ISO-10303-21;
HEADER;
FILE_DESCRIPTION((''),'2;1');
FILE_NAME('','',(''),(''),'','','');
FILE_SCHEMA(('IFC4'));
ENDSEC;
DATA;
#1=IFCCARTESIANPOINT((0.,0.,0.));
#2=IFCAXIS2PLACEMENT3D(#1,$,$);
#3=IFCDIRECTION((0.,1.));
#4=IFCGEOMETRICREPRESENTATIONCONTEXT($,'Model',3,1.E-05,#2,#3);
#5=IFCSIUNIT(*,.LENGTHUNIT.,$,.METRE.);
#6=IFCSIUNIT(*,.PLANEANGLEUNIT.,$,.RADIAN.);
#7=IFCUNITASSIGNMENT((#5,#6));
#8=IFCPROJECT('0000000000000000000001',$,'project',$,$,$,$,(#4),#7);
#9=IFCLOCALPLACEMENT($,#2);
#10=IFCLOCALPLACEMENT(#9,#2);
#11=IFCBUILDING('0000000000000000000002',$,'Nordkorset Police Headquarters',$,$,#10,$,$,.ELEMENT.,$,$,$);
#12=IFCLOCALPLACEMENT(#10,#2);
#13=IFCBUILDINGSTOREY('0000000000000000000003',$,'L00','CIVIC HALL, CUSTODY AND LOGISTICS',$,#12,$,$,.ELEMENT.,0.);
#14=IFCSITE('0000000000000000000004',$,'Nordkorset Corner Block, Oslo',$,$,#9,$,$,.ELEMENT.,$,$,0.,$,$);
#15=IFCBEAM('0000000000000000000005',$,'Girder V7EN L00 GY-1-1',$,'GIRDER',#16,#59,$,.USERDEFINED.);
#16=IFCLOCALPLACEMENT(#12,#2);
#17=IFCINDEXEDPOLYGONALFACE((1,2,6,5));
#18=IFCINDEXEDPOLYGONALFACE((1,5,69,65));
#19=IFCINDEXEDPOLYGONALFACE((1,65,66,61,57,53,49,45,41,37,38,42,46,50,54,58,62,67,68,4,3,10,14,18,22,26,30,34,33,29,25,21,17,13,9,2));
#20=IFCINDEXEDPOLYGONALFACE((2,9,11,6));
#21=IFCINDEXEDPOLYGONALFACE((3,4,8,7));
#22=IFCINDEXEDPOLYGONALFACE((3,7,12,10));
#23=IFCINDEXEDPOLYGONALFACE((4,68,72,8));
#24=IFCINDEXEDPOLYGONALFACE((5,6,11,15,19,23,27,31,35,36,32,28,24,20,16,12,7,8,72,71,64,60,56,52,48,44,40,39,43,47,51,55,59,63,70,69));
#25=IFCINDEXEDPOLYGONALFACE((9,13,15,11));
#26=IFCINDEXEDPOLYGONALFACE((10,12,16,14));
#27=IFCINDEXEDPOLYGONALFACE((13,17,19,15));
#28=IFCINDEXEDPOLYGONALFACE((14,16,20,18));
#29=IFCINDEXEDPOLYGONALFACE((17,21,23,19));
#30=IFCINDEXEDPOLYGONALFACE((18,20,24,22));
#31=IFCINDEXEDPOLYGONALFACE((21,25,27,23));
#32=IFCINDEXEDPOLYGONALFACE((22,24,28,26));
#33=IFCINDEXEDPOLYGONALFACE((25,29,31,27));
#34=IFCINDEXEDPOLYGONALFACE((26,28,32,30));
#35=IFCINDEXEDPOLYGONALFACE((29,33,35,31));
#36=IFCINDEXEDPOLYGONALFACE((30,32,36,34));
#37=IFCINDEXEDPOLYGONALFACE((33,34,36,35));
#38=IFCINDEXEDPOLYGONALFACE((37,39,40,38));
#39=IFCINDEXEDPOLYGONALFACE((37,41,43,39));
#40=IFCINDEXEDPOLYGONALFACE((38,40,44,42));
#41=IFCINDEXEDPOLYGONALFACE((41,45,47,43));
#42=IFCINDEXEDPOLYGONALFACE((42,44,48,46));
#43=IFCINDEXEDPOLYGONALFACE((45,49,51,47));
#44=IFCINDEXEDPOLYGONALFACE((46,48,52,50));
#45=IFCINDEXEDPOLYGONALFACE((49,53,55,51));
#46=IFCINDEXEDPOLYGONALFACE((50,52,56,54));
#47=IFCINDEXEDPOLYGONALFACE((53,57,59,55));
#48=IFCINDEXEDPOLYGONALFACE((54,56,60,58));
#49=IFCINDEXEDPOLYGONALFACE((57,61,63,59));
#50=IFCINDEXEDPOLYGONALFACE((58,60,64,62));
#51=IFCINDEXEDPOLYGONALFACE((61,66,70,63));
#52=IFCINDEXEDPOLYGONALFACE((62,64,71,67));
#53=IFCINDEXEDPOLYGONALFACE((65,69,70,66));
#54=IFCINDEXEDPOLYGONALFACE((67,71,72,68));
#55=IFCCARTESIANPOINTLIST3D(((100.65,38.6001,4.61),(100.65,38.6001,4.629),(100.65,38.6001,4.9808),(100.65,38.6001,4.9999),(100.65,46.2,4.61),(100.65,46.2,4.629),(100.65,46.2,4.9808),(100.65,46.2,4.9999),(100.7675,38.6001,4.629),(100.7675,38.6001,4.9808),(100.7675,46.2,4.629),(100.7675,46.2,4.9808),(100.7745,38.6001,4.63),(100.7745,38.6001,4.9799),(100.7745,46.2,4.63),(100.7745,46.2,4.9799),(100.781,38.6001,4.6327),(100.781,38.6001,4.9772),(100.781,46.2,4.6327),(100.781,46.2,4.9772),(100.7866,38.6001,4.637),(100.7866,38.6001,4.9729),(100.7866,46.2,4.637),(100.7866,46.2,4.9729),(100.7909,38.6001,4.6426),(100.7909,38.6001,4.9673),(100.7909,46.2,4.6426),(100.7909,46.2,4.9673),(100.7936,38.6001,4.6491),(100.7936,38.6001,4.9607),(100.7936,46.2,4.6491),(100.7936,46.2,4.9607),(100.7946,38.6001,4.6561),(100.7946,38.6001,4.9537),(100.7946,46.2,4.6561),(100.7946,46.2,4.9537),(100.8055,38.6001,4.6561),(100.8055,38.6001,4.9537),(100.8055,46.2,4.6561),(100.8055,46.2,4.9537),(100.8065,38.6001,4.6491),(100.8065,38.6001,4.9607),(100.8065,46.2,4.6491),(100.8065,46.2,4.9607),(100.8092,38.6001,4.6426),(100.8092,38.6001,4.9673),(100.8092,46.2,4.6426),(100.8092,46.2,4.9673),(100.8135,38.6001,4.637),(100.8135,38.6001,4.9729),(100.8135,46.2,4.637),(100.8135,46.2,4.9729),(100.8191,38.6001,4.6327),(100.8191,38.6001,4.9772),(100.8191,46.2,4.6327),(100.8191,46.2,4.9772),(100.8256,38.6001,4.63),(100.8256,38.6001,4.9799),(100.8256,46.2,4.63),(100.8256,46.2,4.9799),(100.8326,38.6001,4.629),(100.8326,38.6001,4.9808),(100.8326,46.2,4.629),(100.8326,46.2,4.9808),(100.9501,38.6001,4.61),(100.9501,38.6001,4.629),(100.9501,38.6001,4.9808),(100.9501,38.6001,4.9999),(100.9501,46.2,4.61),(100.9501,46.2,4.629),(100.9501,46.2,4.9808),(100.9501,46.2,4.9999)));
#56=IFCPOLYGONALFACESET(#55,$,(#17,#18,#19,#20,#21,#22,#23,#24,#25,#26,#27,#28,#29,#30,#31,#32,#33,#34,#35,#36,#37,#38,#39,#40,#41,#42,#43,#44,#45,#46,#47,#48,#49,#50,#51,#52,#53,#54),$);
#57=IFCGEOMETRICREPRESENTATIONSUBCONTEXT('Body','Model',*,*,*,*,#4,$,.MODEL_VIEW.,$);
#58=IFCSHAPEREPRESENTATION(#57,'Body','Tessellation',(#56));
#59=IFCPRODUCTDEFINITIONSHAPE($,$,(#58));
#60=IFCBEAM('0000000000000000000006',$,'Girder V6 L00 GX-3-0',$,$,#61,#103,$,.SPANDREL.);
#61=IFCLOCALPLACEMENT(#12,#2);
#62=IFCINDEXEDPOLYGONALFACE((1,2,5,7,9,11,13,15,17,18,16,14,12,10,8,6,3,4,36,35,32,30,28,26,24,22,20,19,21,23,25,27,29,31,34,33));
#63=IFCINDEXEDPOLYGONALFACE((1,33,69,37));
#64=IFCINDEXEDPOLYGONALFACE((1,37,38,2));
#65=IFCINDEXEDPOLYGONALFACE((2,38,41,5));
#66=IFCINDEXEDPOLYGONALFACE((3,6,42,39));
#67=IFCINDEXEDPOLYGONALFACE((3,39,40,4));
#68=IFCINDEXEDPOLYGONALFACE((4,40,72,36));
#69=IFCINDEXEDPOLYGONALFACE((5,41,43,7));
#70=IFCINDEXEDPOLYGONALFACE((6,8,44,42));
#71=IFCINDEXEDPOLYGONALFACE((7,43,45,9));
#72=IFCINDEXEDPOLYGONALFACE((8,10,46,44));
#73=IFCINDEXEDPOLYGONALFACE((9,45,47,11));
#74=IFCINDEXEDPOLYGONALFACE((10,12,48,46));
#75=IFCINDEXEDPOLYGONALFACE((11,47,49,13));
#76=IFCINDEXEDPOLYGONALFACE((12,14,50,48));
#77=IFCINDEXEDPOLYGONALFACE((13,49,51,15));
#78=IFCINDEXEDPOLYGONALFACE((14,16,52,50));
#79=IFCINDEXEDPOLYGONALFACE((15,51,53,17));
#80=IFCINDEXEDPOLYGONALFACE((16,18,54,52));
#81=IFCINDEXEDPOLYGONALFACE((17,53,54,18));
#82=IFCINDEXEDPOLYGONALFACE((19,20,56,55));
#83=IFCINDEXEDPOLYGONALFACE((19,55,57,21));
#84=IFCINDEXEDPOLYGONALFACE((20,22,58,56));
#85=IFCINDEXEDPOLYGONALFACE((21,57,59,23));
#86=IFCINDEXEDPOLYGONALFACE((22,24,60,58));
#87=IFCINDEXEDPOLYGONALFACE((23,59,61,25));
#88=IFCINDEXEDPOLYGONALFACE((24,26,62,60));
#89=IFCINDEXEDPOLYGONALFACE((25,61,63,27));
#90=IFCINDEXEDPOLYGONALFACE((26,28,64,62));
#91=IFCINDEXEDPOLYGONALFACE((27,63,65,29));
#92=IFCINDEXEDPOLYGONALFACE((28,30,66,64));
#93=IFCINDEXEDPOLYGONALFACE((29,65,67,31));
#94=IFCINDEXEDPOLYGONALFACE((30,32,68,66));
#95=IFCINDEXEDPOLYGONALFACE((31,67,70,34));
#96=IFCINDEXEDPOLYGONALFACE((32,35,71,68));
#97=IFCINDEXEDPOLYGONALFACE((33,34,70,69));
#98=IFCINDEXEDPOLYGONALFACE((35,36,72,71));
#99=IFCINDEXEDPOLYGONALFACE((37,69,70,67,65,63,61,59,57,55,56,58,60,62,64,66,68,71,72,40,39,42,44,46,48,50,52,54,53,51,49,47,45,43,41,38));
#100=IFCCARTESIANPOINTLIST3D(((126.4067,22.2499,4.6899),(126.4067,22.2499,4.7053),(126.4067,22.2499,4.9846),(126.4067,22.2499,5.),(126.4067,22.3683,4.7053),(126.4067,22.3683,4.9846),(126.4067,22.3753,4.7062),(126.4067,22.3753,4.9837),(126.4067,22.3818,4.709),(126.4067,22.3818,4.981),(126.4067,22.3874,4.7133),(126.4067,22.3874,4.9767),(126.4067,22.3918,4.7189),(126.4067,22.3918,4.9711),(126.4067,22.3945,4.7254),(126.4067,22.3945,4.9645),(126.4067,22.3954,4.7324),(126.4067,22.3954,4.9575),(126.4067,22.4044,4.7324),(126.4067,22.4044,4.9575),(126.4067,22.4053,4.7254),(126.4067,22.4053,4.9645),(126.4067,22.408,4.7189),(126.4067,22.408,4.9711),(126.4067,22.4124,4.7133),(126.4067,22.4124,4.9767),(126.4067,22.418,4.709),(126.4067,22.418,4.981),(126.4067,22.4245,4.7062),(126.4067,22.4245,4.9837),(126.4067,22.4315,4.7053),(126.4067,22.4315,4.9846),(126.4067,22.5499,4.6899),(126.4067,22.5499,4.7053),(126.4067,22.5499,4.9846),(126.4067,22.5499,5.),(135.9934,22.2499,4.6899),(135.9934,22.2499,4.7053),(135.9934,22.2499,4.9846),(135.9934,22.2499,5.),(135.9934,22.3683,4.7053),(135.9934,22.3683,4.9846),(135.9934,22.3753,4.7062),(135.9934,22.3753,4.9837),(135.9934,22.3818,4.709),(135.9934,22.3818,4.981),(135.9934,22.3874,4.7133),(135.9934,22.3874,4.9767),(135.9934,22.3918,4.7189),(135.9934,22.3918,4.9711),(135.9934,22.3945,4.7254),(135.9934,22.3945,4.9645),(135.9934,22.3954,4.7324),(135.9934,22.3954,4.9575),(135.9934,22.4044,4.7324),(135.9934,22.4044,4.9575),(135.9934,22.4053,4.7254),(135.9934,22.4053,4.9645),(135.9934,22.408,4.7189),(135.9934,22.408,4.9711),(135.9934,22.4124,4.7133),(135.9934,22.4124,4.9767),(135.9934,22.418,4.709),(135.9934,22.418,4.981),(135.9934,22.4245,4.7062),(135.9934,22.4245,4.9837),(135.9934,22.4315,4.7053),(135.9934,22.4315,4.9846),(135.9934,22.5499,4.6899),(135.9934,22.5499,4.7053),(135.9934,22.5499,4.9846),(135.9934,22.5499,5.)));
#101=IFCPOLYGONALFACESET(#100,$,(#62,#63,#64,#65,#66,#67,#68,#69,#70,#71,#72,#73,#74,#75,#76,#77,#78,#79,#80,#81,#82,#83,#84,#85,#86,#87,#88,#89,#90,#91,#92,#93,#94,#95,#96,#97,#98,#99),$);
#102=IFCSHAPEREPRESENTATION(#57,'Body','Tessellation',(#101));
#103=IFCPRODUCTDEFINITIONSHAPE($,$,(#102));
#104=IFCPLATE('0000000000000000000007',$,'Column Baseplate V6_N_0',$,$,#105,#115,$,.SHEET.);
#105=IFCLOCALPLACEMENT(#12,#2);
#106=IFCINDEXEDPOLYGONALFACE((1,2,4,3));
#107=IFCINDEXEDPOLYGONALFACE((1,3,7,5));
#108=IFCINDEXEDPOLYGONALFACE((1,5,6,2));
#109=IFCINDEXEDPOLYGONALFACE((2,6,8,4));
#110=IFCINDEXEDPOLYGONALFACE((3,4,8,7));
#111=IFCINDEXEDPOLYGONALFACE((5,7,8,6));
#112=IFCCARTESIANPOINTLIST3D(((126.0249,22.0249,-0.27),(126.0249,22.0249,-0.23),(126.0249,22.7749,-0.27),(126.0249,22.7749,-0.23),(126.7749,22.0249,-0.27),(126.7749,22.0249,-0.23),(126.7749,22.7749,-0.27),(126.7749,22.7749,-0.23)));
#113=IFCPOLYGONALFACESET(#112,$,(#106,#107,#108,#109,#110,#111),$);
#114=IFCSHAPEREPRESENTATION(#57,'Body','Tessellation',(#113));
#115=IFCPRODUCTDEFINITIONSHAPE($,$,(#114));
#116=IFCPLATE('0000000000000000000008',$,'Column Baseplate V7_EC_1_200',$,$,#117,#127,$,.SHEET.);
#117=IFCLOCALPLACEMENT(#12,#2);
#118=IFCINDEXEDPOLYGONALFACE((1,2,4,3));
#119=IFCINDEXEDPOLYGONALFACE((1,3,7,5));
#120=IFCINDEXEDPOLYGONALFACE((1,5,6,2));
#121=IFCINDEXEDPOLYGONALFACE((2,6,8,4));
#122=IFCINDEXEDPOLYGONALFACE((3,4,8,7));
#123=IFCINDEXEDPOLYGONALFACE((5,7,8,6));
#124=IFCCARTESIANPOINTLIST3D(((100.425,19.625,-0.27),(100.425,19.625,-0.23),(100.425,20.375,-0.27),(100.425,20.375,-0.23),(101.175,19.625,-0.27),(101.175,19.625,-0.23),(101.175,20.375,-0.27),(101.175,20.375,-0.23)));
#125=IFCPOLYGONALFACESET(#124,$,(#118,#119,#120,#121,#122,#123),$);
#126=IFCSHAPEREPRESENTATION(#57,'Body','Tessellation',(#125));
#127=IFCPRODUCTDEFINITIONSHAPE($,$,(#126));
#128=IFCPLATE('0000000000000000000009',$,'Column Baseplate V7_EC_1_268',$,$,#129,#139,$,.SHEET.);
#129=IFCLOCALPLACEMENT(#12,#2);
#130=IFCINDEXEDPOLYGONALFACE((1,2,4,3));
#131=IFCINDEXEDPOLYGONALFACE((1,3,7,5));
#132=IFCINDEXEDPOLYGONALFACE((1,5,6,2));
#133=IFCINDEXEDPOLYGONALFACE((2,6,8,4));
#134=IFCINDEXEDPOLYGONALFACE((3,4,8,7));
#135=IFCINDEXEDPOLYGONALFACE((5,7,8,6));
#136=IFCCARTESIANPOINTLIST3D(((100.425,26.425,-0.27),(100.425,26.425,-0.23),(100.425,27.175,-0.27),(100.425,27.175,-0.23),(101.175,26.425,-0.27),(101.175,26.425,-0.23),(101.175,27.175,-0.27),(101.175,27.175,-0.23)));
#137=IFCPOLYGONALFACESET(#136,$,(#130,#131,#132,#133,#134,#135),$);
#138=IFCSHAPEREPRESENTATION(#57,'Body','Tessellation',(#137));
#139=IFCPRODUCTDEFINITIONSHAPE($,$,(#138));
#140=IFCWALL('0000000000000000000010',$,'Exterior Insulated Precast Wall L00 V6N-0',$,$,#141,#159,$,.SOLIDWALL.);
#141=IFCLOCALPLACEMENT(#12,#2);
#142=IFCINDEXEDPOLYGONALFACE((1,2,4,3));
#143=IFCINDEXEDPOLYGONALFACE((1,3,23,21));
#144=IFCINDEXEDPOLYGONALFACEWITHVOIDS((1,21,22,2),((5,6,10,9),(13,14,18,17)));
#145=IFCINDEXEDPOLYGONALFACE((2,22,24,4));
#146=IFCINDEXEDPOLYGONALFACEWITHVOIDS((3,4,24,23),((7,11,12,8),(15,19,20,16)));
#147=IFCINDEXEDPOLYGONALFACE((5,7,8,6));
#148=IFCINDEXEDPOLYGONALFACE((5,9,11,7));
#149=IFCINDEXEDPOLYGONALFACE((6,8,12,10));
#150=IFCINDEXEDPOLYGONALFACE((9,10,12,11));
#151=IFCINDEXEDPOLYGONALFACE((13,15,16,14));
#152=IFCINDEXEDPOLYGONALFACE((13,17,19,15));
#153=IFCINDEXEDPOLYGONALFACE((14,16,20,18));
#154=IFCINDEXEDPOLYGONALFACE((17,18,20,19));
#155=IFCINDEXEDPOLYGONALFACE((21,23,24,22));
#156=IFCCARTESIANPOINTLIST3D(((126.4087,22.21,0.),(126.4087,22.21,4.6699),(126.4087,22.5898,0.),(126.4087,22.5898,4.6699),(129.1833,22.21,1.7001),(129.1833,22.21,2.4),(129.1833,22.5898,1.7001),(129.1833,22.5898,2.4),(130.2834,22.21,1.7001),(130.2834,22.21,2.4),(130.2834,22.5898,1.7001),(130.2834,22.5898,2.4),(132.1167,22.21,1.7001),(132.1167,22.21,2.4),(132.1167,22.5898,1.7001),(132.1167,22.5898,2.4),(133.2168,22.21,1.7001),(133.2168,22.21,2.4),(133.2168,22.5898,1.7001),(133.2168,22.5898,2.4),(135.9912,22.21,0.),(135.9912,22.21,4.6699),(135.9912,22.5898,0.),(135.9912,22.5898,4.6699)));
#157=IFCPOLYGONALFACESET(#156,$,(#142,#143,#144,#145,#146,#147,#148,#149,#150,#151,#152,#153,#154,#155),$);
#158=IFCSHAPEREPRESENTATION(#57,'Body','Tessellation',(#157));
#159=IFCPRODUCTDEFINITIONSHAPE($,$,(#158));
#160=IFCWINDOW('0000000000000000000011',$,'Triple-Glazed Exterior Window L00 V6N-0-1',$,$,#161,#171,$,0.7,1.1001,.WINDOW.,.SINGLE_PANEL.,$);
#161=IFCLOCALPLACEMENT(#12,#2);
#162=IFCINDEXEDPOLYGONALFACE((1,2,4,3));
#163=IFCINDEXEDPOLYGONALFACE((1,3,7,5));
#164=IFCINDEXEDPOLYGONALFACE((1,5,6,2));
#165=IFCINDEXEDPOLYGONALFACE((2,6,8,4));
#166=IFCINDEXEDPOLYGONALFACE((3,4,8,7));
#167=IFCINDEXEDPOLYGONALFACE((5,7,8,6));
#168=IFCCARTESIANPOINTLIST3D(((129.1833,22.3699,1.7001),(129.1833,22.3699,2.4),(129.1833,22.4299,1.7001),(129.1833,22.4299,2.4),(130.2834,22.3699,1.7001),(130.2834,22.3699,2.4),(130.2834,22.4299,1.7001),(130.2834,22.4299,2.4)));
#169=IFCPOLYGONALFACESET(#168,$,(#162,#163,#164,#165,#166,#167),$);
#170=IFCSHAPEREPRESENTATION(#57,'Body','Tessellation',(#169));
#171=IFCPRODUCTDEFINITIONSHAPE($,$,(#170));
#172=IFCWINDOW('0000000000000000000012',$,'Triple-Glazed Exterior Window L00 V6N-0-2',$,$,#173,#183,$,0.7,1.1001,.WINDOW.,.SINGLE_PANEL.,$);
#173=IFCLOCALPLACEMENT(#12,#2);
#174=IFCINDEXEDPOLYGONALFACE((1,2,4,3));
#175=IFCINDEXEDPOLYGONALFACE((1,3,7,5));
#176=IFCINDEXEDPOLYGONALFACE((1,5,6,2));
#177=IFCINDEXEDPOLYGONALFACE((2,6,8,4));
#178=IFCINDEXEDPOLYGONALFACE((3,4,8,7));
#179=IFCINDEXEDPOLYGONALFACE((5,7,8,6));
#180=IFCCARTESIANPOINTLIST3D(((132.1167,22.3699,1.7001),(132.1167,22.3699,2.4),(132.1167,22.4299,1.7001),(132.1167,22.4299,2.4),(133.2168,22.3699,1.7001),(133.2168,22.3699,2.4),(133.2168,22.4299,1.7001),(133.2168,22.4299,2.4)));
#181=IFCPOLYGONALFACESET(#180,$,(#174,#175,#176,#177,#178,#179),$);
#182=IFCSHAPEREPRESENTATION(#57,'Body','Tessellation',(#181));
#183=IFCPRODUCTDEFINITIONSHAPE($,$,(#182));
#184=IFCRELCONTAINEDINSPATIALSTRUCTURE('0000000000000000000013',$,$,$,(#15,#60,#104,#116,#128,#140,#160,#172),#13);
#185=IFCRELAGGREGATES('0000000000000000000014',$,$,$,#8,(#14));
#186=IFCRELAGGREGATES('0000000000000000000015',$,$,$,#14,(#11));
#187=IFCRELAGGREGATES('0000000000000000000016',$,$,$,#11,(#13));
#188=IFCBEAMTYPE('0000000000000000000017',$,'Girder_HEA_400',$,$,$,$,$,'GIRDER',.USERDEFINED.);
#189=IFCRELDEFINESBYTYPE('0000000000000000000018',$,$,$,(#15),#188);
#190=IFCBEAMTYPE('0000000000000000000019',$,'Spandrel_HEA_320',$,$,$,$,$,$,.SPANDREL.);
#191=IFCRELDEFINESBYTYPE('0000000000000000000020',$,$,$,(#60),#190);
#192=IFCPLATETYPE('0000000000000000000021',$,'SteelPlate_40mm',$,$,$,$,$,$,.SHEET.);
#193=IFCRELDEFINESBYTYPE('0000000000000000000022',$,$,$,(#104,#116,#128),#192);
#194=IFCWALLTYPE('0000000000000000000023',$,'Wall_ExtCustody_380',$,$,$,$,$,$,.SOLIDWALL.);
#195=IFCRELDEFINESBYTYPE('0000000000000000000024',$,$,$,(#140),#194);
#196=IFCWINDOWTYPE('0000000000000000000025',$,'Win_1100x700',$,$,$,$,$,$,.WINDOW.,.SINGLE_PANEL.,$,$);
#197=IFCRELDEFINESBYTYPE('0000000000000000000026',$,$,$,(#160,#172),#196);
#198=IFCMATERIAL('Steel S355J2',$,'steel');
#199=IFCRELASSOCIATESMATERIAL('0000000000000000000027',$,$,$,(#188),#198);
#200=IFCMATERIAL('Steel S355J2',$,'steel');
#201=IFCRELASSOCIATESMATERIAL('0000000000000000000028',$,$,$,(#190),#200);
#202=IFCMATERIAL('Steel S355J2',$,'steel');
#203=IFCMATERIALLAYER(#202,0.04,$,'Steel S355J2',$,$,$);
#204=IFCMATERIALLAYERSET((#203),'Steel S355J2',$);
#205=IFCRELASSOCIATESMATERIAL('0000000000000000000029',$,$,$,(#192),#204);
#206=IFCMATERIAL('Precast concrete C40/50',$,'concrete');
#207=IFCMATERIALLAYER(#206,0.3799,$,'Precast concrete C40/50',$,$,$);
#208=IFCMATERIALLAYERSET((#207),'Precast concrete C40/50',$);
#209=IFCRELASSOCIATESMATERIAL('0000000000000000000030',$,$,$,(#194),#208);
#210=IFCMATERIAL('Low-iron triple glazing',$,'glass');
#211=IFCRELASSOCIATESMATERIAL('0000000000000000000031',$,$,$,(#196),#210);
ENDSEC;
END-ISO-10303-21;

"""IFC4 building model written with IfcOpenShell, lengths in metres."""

from ifc_helpers import new_model, si_unit, direction, frame, frame_2d, origin, origin_2d, place, context, subcontext, project, spatial, rectangle, i_section, extrude, material, layer, layer_set, material_profile, profile_set, type_object, element, fill, save


model = new_model("IFC4")

# Units and contexts
model_context = context("Model", 3, precision=1e-05, world=origin(), true_north=direction((0.0, 1.0)))
body_context = subcontext(model_context, "Body", "Model", "MODEL_VIEW")
ifc_project = project(units=[si_unit("LENGTHUNIT", "METRE"), si_unit("PLANEANGLEUNIT", "RADIAN")], contexts=[model_context])

# Site, building, storey
site_placement = place(None, origin())
site = spatial("IfcSite", under=ifc_project, at=site_placement, Name="Nordkorset Corner Block, Oslo", CompositionType="ELEMENT", RefElevation=0.0)
building_placement = place(site_placement, origin())
building = spatial("IfcBuilding", under=site, at=building_placement, Name="Nordkorset Police Headquarters", CompositionType="ELEMENT")
storey_placement = place(building_placement, origin())
storey = spatial("IfcBuildingStorey", under=building, at=storey_placement, Name="L00", Description="CIVIC HALL, CUSTODY AND LOGISTICS", CompositionType="ELEMENT", Elevation=0.0)

# Beams
ifc_material_1 = material(Name="Steel S355J2", Category="steel")
ifc_material_profile_1 = material_profile(ifc_material_1, i_section(OverallWidth=0.3, OverallDepth=0.3899, WebThickness=0.011, FlangeThickness=0.019, FilletRadius=0.0271, at=origin_2d()), Name="HEA 400")
ifc_profile_set_1 = profile_set([ifc_material_profile_1], Name="Steel S355J2")
beam_type_1 = type_object("IfcBeamType", Name="Girder_HEA_400", ElementType="GIRDER", PredefinedType="USERDEFINED", material=ifc_profile_set_1)
beam_1_placement = place(storey_placement, frame((100.8, 38.6001, 4.8049), z_axis=(0.0, 1.0, 0.0), x_axis=(-1.0, 0.0, 0.0)))
element("IfcBeam", 1, at=beam_1_placement, inside=storey, type_object=beam_type_1, Name="Girder V7EN L00 GY-1-1", ObjectType="GIRDER", PredefinedType="USERDEFINED", context=body_context, shape_type="SweptSolid", body=[
    extrude(i_section(OverallWidth=0.3, OverallDepth=0.3899, WebThickness=0.011, FlangeThickness=0.019, FilletRadius=0.0271, at=origin_2d()), origin(), (0.0, 0.0, 1.0), 7.5999),
])
ifc_material_2 = material(Name="Steel S355J2", Category="steel")
ifc_material_profile_2 = material_profile(ifc_material_2, i_section(OverallWidth=0.3, OverallDepth=0.3101, WebThickness=0.009, FlangeThickness=0.0154, FilletRadius=0.0271, at=origin_2d()), Name="HEA 320")
ifc_profile_set_2 = profile_set([ifc_material_profile_2], Name="Steel S355J2")
beam_type_2 = type_object("IfcBeamType", Name="Spandrel_HEA_320", PredefinedType="SPANDREL", material=ifc_profile_set_2)
beam_2_placement = place(storey_placement, frame((126.4067, 22.3999, 4.845), z_axis=(1.0, 0.0, 0.0), x_axis=(0.0, 1.0, 0.0)))
element("IfcBeam", 2, at=beam_2_placement, inside=storey, type_object=beam_type_2, Name="Girder V6 L00 GX-3-0", PredefinedType="SPANDREL", context=body_context, shape_type="SweptSolid", body=[
    extrude(i_section(OverallWidth=0.3, OverallDepth=0.3101, WebThickness=0.009, FlangeThickness=0.0154, FilletRadius=0.0271, at=origin_2d()), origin(), (0.0, 0.0, 1.0), 9.5867),
])

# Plates
ifc_material_3 = material(Name="Steel S355J2", Category="steel")
ifc_layer_1 = layer(ifc_material_3, 0.04, Name="Steel S355J2")
ifc_layer_set_1 = layer_set([ifc_layer_1], Name="Steel S355J2")
plate_type = type_object("IfcPlateType", Name="SteelPlate_40mm", PredefinedType="SHEET", material=ifc_layer_set_1)
for number, where, z_axis, x_axis, name in (
    (3, (126.3999, 22.3999, -0.27), (0.0, 0.0, 1.0), (1.0, 0.0, 0.0), "Column Baseplate V6_N_0"),
    (4, (100.8, 20.0, -0.27), (0.0, 0.0, 1.0), (1.0, 0.0, 0.0), "Column Baseplate V7_EC_1_200"),
    (5, (100.8, 26.8, -0.27), (0.0, 0.0, 1.0), (1.0, 0.0, 0.0), "Column Baseplate V7_EC_1_268"),
):
    element("IfcPlate", number, at=place(storey_placement, frame(where, z_axis=z_axis, x_axis=x_axis)), inside=storey, type_object=plate_type, Name=name, PredefinedType="SHEET", context=body_context, shape_type="SweptSolid", body=[
        extrude(rectangle(XDim=0.75, YDim=0.75, at=origin_2d()), origin(), (0.0, 0.0, 1.0), 0.04),
    ])

# Wall, openings, windows
ifc_material_4 = material(Name="Precast concrete C40/50", Category="concrete")
ifc_layer_2 = layer(ifc_material_4, 0.3799, Name="Precast concrete C40/50")
ifc_layer_set_2 = layer_set([ifc_layer_2], Name="Precast concrete C40/50")
wall_type_1 = type_object("IfcWallType", Name="Wall_ExtCustody_380", PredefinedType="SOLIDWALL", material=ifc_layer_set_2)
wall_1_placement = place(storey_placement, frame((126.4087, 22.3999, 0.0), z_axis=(0.0, 0.0, 1.0), x_axis=(1.0, 0.0, 0.0)))
wall_1 = element("IfcWall", 6, at=wall_1_placement, inside=storey, type_object=wall_type_1, Name="Exterior Insulated Precast Wall L00 V6N-0", PredefinedType="SOLIDWALL", context=body_context, shape_type="SweptSolid", body=[
    extrude(rectangle(XDim=9.5825, YDim=0.3799, at=frame_2d((4.7913, 0.0))), origin(), (0.0, 0.0, 1.0), 4.6699),
])
opening_1_placement = place(wall_1_placement, frame((2.7747, 0.0, 1.7)))
opening_1 = element("IfcOpeningElement", 7, at=opening_1_placement, cuts=wall_1, PredefinedType="OPENING", context=body_context, shape_type="SweptSolid", body=[
    extrude(rectangle(XDim=1.1001, YDim=0.7, at=frame_2d((0.55, 0.3501))), frame((0.0, 0.2, 0.0), z_axis=(0.0, -1.0, 0.0), x_axis=(1.0, 0.0, 0.0)), (0.0, 0.0, 1.0), 0.3999),
])
opening_2_placement = place(wall_1_placement, frame((5.708, 0.0, 1.7)))
opening_2 = element("IfcOpeningElement", 8, at=opening_2_placement, cuts=wall_1, PredefinedType="OPENING", context=body_context, shape_type="SweptSolid", body=[
    extrude(rectangle(XDim=1.1001, YDim=0.7, at=frame_2d((0.55, 0.3501))), frame((0.0, 0.2, 0.0), z_axis=(0.0, -1.0, 0.0), x_axis=(1.0, 0.0, 0.0)), (0.0, 0.0, 1.0), 0.3999),
])
ifc_material_5 = material(Name="Low-iron triple glazing", Category="glass")
window_type_1 = type_object("IfcWindowType", Name="Win_1100x700", PartitioningType="SINGLE_PANEL", PredefinedType="WINDOW", material=ifc_material_5)
window_1_placement = place(opening_1_placement, origin())
window_1 = element("IfcWindow", 9, at=window_1_placement, inside=storey, type_object=window_type_1, Name="Triple-Glazed Exterior Window L00 V6N-0-1", OverallHeight=0.7, OverallWidth=1.1001, PartitioningType="SINGLE_PANEL", PredefinedType="WINDOW", context=body_context, shape_type="SweptSolid", body=[
    extrude(rectangle(XDim=1.1001, YDim=0.7, at=frame_2d((0.55, 0.3501))), frame((0.0, 0.03, 0.0), z_axis=(0.0, -1.0, 0.0), x_axis=(1.0, 0.0, 0.0)), (0.0, 0.0, 1.0), 0.0601),
])
fill(opening_1, window_1)
window_2_placement = place(opening_2_placement, origin())
window_2 = element("IfcWindow", 10, at=window_2_placement, inside=storey, type_object=window_type_1, Name="Triple-Glazed Exterior Window L00 V6N-0-2", OverallHeight=0.7, OverallWidth=1.1001, PartitioningType="SINGLE_PANEL", PredefinedType="WINDOW", context=body_context, shape_type="SweptSolid", body=[
    extrude(rectangle(XDim=1.1001, YDim=0.7, at=frame_2d((0.55, 0.3501))), frame((0.0, 0.03, 0.0), z_axis=(0.0, -1.0, 0.0), x_axis=(1.0, 0.0, 0.0)), (0.0, 0.0, 1.0), 0.0601),
])
fill(opening_2, window_2)

save(model, "model.ifc")
